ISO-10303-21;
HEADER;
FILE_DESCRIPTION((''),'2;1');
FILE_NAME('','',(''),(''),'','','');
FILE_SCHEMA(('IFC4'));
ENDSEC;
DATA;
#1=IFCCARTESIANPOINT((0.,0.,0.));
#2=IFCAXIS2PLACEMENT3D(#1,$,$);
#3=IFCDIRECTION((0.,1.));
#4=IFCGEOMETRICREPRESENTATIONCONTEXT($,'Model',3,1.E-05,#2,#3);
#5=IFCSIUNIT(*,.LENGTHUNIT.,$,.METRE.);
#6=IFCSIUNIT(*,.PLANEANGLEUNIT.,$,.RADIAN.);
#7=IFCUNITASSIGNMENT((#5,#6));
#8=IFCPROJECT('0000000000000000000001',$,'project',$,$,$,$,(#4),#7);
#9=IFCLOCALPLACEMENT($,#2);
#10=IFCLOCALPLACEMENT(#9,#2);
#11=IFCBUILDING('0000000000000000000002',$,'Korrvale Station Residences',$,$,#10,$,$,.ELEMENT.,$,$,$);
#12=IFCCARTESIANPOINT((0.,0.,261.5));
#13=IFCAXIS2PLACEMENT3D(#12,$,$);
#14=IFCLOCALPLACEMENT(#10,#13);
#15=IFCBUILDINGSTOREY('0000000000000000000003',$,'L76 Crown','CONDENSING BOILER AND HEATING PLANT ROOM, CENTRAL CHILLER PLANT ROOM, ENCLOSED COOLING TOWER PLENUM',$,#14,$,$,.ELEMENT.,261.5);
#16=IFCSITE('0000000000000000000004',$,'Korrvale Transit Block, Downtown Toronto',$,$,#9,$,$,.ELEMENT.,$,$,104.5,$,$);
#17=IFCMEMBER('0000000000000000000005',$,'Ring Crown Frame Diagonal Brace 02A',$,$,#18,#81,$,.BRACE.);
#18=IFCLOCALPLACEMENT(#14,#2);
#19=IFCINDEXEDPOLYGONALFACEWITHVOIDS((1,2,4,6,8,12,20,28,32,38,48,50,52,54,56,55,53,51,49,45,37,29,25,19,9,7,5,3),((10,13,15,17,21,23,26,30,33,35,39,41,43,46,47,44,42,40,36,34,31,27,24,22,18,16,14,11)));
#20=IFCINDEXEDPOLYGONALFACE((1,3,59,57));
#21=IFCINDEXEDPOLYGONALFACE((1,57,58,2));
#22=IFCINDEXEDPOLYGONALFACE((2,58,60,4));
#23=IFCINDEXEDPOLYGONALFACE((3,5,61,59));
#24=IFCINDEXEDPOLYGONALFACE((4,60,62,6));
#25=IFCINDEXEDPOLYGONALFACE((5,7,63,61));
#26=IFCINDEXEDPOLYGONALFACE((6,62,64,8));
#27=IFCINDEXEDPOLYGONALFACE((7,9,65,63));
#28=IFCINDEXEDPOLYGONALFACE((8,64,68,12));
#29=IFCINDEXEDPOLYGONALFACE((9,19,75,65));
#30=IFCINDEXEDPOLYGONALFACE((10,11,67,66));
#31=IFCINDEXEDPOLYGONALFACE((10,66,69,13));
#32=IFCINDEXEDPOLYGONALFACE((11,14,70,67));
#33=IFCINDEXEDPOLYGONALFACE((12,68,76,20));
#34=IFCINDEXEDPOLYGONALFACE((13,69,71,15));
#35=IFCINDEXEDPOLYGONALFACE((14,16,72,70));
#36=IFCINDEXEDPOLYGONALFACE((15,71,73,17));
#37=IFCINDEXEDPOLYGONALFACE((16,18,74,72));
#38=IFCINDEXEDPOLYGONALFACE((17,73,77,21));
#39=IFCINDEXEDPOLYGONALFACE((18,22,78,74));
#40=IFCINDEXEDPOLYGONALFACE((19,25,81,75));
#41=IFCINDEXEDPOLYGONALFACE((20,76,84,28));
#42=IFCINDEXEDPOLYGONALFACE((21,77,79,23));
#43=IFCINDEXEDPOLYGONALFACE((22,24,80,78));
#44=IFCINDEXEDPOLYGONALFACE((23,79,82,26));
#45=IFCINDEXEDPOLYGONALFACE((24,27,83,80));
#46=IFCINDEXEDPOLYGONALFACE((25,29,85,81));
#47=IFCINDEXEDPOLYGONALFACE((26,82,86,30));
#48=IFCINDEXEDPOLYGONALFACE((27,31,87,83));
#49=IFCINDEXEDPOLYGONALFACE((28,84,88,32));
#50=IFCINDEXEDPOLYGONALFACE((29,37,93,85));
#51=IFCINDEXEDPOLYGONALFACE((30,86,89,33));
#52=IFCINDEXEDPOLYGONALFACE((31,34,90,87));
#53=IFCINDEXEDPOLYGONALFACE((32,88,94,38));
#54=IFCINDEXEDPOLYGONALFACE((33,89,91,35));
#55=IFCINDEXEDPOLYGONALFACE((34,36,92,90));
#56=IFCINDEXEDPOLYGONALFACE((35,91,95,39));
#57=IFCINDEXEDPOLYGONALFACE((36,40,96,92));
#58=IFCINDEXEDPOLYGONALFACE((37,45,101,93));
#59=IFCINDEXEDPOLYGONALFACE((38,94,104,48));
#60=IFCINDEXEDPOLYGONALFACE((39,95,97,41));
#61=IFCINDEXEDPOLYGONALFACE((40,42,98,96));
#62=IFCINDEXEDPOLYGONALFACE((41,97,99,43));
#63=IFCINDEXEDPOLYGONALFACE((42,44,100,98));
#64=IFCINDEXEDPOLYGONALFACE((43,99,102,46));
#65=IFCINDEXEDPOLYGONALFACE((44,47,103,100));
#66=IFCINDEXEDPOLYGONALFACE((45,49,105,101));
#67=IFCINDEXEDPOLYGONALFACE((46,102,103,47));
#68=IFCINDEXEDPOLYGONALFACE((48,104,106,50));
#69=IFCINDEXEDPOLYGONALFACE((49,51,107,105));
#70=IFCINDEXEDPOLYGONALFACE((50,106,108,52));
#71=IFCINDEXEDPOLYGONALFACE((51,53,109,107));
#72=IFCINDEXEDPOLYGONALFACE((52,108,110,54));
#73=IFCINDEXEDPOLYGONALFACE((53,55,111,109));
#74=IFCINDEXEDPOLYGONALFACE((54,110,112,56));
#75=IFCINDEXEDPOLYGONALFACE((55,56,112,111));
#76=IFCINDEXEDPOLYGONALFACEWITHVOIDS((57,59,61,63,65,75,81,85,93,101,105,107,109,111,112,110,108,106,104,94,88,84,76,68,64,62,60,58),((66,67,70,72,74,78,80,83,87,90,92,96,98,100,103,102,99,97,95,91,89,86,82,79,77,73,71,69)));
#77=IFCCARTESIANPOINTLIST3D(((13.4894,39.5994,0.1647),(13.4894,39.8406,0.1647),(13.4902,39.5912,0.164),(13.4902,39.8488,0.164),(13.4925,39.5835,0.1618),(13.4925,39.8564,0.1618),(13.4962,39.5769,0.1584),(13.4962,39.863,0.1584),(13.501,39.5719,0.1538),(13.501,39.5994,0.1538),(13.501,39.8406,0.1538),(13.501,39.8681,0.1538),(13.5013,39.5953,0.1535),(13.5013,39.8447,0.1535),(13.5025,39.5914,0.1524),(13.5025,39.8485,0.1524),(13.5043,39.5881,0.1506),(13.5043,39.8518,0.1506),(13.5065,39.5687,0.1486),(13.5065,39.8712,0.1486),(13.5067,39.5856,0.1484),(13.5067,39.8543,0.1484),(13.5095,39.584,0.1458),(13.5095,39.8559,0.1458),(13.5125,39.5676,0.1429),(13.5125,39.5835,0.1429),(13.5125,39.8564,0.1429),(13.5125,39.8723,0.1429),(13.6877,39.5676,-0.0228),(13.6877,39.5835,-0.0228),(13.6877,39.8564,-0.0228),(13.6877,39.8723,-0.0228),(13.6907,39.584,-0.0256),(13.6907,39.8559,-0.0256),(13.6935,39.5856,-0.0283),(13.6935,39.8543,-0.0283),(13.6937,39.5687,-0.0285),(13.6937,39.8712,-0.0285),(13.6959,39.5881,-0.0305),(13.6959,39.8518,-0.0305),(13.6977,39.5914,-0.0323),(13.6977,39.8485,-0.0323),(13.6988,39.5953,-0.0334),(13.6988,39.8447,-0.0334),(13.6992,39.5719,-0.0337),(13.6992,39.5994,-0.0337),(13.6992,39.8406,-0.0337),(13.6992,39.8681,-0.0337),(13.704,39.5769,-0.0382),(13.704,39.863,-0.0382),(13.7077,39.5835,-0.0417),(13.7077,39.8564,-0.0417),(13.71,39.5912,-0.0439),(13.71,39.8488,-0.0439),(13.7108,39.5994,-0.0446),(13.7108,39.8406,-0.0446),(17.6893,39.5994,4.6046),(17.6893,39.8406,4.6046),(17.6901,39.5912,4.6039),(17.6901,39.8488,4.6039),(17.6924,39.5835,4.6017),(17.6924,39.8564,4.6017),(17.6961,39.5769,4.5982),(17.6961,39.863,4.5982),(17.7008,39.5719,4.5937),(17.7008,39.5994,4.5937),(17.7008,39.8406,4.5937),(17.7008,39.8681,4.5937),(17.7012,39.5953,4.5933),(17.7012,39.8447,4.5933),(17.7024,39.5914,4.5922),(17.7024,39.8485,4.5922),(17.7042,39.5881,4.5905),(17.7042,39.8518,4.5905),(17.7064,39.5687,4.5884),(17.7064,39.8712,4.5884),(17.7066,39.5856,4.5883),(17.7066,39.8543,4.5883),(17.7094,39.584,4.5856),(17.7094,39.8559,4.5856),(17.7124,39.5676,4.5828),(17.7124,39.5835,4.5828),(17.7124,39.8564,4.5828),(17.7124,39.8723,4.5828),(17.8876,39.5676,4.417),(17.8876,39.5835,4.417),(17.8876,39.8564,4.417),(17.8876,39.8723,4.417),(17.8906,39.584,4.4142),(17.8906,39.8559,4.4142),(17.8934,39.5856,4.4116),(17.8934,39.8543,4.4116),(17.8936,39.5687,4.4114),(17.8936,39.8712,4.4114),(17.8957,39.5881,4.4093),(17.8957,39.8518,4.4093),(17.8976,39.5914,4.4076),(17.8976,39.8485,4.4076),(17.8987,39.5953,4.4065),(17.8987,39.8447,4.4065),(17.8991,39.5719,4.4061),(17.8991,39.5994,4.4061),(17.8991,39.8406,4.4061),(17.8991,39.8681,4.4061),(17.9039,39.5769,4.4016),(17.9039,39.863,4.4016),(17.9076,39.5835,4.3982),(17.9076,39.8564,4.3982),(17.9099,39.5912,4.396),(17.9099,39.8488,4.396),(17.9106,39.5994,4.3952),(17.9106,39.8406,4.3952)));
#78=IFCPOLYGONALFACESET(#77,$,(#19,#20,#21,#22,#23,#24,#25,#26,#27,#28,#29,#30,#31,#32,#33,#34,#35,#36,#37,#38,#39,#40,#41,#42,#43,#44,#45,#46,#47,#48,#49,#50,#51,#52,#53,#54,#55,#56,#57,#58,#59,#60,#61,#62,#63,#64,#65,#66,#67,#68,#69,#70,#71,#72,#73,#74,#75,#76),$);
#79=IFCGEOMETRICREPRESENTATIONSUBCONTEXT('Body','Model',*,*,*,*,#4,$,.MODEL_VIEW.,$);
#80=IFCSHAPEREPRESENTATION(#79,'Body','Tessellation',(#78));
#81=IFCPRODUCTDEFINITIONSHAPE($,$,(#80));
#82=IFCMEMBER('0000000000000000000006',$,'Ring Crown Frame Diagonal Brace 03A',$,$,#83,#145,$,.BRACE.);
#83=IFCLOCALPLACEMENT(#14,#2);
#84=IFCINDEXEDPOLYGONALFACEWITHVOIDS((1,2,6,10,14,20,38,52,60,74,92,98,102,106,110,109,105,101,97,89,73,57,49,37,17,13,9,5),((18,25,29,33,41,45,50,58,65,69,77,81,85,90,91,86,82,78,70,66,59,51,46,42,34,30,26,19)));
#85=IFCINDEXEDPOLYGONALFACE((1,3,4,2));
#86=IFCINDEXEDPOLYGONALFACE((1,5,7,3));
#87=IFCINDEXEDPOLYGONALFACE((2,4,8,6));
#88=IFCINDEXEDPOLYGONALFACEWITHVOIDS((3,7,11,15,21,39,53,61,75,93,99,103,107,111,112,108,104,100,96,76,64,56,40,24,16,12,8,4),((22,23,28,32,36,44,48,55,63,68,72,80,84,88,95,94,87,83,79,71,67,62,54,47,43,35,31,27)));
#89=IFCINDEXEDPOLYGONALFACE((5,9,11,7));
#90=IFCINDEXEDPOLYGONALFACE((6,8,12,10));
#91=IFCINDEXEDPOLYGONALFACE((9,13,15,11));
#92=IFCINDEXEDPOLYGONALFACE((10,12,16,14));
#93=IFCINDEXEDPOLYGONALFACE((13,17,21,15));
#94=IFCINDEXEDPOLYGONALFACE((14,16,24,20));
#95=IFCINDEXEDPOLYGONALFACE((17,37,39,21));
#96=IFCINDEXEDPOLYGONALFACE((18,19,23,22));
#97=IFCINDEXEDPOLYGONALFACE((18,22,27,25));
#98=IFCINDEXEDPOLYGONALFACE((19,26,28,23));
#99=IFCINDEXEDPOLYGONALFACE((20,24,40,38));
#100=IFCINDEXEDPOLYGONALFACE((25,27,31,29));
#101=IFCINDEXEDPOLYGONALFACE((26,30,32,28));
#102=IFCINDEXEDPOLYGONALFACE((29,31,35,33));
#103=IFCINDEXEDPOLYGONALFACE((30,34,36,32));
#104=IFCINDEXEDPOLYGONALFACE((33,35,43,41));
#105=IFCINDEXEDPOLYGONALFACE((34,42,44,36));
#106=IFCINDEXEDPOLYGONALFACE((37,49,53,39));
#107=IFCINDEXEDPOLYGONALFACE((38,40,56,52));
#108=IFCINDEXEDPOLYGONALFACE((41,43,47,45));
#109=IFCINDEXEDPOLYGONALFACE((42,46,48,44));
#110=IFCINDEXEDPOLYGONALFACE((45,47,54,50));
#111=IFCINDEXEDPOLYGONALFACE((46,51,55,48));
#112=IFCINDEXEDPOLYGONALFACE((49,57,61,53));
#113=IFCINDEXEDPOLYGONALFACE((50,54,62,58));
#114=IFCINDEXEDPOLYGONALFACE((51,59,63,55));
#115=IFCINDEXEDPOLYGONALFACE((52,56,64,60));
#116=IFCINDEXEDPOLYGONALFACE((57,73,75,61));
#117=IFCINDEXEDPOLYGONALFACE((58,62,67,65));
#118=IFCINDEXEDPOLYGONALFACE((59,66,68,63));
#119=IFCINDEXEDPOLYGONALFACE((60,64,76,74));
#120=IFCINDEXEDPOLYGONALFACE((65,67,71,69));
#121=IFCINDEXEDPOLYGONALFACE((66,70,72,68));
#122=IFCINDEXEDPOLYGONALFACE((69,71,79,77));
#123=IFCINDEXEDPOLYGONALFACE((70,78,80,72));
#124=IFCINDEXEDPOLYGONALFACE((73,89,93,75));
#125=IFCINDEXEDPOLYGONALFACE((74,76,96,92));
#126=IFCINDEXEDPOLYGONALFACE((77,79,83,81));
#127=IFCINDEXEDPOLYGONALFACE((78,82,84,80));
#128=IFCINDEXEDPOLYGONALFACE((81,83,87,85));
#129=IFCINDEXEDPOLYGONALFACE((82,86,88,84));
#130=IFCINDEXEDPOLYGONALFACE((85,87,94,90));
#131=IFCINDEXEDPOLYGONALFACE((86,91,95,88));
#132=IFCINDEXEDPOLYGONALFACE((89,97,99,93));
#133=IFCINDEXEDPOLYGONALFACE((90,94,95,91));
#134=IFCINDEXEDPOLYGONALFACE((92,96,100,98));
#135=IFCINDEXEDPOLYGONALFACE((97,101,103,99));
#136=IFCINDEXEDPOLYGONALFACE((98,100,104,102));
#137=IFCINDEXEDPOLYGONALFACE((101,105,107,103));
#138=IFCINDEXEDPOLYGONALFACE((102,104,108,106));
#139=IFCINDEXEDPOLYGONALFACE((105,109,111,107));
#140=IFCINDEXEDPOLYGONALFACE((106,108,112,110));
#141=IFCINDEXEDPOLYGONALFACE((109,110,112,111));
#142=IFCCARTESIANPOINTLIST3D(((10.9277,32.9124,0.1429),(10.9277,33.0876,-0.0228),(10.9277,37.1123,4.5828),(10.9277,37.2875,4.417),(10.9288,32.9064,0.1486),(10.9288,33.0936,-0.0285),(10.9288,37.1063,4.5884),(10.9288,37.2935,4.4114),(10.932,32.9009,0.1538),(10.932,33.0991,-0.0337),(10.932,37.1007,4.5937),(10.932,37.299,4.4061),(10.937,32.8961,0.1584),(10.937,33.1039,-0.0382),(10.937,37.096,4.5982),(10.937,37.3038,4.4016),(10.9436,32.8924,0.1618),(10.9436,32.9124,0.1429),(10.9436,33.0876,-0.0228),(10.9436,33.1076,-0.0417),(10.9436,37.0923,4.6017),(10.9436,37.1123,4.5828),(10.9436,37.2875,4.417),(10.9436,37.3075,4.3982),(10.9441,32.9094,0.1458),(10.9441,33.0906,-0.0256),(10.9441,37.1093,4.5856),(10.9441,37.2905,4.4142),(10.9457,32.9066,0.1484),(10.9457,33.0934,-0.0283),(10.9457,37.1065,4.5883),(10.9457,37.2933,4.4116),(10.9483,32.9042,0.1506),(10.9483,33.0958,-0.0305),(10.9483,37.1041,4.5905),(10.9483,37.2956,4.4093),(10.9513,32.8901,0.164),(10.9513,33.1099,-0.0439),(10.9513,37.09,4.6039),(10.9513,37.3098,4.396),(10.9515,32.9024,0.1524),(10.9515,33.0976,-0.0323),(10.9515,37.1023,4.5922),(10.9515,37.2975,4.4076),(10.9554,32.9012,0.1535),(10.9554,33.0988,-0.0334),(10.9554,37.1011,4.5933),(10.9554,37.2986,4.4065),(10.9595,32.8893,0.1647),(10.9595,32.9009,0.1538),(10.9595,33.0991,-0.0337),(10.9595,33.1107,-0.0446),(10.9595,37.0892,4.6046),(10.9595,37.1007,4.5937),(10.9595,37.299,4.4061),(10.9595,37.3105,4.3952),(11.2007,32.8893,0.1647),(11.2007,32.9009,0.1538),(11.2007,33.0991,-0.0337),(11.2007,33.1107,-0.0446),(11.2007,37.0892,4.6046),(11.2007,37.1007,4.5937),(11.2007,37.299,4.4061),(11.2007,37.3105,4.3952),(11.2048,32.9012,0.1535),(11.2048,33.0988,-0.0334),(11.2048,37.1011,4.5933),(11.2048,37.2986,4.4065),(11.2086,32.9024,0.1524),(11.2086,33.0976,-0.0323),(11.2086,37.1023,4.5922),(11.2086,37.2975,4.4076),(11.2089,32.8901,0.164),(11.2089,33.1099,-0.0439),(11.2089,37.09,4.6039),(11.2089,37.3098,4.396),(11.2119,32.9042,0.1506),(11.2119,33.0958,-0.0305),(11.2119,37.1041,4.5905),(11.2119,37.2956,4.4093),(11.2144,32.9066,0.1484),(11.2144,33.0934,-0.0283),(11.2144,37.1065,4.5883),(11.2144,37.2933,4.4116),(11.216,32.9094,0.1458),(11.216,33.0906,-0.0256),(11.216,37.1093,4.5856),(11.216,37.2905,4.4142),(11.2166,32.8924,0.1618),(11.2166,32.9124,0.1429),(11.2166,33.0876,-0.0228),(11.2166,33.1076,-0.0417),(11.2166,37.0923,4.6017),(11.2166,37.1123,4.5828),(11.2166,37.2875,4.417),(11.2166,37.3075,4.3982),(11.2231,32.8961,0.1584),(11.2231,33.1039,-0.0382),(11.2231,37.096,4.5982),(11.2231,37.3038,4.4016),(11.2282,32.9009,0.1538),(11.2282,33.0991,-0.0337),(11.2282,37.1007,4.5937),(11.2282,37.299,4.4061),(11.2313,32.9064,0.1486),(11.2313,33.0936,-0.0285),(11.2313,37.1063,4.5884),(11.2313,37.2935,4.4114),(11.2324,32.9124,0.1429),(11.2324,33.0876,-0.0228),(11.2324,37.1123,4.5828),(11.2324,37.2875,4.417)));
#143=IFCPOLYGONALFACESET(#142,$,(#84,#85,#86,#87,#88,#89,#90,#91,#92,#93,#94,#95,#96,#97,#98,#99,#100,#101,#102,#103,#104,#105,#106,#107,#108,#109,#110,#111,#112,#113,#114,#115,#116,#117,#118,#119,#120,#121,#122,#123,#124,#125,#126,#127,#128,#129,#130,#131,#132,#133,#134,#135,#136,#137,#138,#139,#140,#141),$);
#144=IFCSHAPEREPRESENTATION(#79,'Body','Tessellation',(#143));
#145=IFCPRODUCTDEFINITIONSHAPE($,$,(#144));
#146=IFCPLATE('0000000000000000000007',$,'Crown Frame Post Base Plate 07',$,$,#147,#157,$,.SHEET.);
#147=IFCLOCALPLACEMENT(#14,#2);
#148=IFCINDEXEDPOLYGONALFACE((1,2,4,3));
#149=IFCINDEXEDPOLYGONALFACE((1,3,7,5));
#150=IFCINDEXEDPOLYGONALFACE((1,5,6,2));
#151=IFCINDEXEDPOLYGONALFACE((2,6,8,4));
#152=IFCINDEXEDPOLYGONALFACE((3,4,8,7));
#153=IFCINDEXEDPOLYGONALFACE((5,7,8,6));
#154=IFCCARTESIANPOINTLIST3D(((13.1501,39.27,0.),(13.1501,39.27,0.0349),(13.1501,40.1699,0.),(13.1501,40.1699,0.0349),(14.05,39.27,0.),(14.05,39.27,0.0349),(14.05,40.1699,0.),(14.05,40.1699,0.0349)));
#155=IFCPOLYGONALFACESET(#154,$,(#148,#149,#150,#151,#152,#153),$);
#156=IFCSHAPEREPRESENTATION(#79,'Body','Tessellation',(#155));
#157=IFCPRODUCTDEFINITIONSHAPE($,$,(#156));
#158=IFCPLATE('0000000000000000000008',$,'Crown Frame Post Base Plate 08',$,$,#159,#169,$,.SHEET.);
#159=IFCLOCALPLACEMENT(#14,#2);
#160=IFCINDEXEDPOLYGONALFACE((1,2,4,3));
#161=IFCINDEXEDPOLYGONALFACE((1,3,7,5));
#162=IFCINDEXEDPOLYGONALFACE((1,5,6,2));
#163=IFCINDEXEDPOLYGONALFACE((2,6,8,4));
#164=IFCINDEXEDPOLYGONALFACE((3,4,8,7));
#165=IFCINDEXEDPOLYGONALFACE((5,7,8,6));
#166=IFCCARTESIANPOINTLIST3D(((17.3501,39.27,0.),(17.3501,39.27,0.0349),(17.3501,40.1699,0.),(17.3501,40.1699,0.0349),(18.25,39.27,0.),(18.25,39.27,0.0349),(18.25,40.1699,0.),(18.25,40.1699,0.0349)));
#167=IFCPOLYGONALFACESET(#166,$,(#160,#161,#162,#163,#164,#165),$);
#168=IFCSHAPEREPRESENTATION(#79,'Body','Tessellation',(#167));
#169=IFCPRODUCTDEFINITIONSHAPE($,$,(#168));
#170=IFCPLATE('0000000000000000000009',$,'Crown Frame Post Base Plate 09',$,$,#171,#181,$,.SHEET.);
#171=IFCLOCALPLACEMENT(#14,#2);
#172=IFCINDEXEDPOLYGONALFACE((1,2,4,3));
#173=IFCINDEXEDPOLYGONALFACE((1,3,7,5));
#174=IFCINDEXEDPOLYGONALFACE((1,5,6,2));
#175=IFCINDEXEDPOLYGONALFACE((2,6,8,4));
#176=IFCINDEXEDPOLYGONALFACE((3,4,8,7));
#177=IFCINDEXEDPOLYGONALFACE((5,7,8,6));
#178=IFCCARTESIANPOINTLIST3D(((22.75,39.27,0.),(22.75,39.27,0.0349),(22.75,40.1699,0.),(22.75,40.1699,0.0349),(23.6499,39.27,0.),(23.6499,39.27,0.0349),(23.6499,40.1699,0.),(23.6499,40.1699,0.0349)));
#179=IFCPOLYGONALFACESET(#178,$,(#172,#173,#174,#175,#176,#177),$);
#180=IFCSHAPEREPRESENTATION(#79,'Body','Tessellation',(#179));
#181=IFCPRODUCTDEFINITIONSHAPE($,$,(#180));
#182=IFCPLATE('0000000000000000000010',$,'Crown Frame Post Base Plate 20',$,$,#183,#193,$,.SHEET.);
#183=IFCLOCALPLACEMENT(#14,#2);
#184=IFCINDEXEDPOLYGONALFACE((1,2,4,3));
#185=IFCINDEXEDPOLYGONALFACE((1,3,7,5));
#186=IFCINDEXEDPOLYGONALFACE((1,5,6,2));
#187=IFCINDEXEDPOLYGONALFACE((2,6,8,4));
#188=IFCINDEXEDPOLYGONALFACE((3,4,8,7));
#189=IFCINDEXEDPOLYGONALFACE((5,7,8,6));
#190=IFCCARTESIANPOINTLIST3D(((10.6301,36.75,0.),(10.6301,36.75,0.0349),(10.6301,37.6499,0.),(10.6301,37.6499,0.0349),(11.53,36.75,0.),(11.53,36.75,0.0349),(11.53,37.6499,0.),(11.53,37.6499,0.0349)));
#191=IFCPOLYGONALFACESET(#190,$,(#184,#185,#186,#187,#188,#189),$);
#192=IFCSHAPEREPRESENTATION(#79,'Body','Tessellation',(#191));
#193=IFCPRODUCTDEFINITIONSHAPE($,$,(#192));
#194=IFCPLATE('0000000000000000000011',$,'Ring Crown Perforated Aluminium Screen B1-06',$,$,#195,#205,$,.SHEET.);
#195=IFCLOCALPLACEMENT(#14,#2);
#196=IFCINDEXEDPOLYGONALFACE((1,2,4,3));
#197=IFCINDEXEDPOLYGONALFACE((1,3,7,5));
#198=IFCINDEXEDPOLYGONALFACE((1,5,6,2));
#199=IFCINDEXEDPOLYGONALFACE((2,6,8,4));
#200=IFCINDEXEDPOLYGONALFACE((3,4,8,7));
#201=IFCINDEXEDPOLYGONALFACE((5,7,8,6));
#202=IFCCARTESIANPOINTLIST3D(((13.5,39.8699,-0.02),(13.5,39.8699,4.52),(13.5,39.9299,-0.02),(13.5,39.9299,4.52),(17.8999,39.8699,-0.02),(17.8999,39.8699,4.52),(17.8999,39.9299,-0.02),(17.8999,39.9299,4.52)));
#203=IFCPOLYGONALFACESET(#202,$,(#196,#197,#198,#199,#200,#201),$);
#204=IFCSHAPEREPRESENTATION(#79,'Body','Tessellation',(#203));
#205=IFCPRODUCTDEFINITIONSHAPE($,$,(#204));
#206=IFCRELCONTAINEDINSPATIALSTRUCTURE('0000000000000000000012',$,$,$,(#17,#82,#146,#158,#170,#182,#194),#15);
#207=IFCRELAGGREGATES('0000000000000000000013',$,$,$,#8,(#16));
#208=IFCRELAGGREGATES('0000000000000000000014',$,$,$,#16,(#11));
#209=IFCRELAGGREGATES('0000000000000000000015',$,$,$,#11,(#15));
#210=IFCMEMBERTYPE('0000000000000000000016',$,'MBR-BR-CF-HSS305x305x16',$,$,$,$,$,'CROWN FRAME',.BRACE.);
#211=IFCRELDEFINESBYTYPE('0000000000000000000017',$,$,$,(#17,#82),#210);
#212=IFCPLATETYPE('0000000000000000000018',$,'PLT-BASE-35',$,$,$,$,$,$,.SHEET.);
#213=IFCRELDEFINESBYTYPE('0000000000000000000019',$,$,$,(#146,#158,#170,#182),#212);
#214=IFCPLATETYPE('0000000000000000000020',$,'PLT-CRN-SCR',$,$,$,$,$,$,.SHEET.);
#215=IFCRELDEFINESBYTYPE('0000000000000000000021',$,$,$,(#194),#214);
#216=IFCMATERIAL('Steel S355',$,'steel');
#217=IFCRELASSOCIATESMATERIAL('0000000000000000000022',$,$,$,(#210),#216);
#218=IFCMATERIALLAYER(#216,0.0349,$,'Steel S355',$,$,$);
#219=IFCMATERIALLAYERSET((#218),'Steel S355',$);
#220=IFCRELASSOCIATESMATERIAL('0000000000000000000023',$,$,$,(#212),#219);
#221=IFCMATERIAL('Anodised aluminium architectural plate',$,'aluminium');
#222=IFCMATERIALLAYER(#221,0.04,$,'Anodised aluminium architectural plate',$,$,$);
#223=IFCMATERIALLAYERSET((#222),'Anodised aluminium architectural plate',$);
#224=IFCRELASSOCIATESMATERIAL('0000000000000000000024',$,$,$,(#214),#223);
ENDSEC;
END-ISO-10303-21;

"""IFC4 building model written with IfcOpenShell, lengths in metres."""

from ifc_helpers import new_model, si_unit, direction, frame, origin, origin_2d, place, context, subcontext, project, spatial, rectangle, hollow_rectangle, extrude, material, layer, layer_set, material_profile, profile_set, type_object, element, save


model = new_model("IFC4")

# Units and contexts
model_context = context("Model", 3, precision=1e-05, world=origin(), true_north=direction((0.0, 1.0)))
body_context = subcontext(model_context, "Body", "Model", "MODEL_VIEW")
ifc_project = project(units=[si_unit("LENGTHUNIT", "METRE"), si_unit("PLANEANGLEUNIT", "RADIAN")], contexts=[model_context])

# Site, building, storey
site_placement = place(None, origin())
site = spatial("IfcSite", under=ifc_project, at=site_placement, Name="Korrvale Transit Block, Downtown Toronto", CompositionType="ELEMENT", RefElevation=104.5)
building_placement = place(site_placement, origin())
building = spatial("IfcBuilding", under=site, at=building_placement, Name="Korrvale Station Residences", CompositionType="ELEMENT")
storey_placement = place(building_placement, frame((0.0, 0.0, 261.5)))
storey = spatial("IfcBuildingStorey", under=building, at=storey_placement, Name="L76 Crown", Description="CONDENSING BOILER AND HEATING PLANT ROOM, CENTRAL CHILLER PLANT ROOM, ENCLOSED COOLING TOWER PLENUM", CompositionType="ELEMENT", Elevation=261.5)

# Shared definitions
ifc_material_1 = material(Name="Steel S355", Category="steel")

# Members
ifc_material_profile_1 = material_profile(ifc_material_1, hollow_rectangle(XDim=0.3047, YDim=0.3047, WallThickness=0.0159, InnerFilletRadius=0.0159, OuterFilletRadius=0.0317, at=origin_2d()), Name="HSS305x305x16")
ifc_profile_set_1 = profile_set([ifc_material_profile_1], Name="Steel S355")
member_type = type_object("IfcMemberType", Name="MBR-BR-CF-HSS305x305x16", ElementType="CROWN FRAME", PredefinedType="BRACE", material=ifc_profile_set_1)
for number, where, z_axis, x_axis, name in (
    (1, (13.6001, 39.72, 0.0601), (0.6872, 0.0, 0.726468), (0.0, 1.0, 0.0), "Ring Crown Frame Diagonal Brace 02A"),
    (2, (11.0801, 33.0, 0.0601), (0.0, 0.6872, 0.726468), (-1.0, 0.0, 0.0), "Ring Crown Frame Diagonal Brace 03A"),
):
    element("IfcMember", number, at=place(storey_placement, frame(where, z_axis=z_axis, x_axis=x_axis)), inside=storey, type_object=member_type, Name=name, PredefinedType="BRACE", context=body_context, shape_type="SweptSolid", body=[
        extrude(hollow_rectangle(XDim=0.3047, YDim=0.3047, WallThickness=0.0159, InnerFilletRadius=0.0159, OuterFilletRadius=0.0317, at=origin_2d()), origin(), (0.0, 0.0, 1.0), 6.1116),
    ])

# Plates
ifc_layer_1 = layer(ifc_material_1, 0.0349, Name="Steel S355")
ifc_layer_set_1 = layer_set([ifc_layer_1], Name="Steel S355")
plate_type_1 = type_object("IfcPlateType", Name="PLT-BASE-35", PredefinedType="SHEET", material=ifc_layer_set_1)
for number, where, z_axis, x_axis, name in (
    (3, (13.6001, 39.72, 0.0), (0.0, 0.0, 1.0), (1.0, 0.0, 0.0), "Crown Frame Post Base Plate 07"),
    (4, (17.8, 39.72, 0.0), (0.0, 0.0, 1.0), (1.0, 0.0, 0.0), "Crown Frame Post Base Plate 08"),
    (5, (23.2, 39.72, 0.0), (0.0, 0.0, 1.0), (1.0, 0.0, 0.0), "Crown Frame Post Base Plate 09"),
    (6, (11.0801, 37.2, 0.0), (0.0, 0.0, 1.0), (1.0, 0.0, 0.0), "Crown Frame Post Base Plate 20"),
):
    element("IfcPlate", number, at=place(storey_placement, frame(where, z_axis=z_axis, x_axis=x_axis)), inside=storey, type_object=plate_type_1, Name=name, PredefinedType="SHEET", context=body_context, shape_type="SweptSolid", body=[
        extrude(rectangle(XDim=0.8999, YDim=0.8999, at=origin_2d()), origin(), (0.0, 0.0, 1.0), 0.0349),
    ])
ifc_material_2 = material(Name="Anodised aluminium architectural plate", Category="aluminium")
ifc_layer_2 = layer(ifc_material_2, 0.04, Name="Anodised aluminium architectural plate")
ifc_layer_set_2 = layer_set([ifc_layer_2], Name="Anodised aluminium architectural plate")
plate_type_2 = type_object("IfcPlateType", Name="PLT-CRN-SCR", PredefinedType="SHEET", material=ifc_layer_set_2)
for number, where, z_axis, x_axis, name in (
    (7, (15.7, 39.8999, -0.02), (0.0, 0.0, 1.0), (1.0, 0.0, 0.0), "Ring Crown Perforated Aluminium Screen B1-06"),
):
    element("IfcPlate", number, at=place(storey_placement, frame(where, z_axis=z_axis, x_axis=x_axis)), inside=storey, type_object=plate_type_2, Name=name, PredefinedType="SHEET", context=body_context, shape_type="SweptSolid", body=[
        extrude(rectangle(XDim=4.3999, YDim=0.0601, at=origin_2d()), origin(), (0.0, 0.0, 1.0), 4.54),
    ])

save(model, "model.ifc")
